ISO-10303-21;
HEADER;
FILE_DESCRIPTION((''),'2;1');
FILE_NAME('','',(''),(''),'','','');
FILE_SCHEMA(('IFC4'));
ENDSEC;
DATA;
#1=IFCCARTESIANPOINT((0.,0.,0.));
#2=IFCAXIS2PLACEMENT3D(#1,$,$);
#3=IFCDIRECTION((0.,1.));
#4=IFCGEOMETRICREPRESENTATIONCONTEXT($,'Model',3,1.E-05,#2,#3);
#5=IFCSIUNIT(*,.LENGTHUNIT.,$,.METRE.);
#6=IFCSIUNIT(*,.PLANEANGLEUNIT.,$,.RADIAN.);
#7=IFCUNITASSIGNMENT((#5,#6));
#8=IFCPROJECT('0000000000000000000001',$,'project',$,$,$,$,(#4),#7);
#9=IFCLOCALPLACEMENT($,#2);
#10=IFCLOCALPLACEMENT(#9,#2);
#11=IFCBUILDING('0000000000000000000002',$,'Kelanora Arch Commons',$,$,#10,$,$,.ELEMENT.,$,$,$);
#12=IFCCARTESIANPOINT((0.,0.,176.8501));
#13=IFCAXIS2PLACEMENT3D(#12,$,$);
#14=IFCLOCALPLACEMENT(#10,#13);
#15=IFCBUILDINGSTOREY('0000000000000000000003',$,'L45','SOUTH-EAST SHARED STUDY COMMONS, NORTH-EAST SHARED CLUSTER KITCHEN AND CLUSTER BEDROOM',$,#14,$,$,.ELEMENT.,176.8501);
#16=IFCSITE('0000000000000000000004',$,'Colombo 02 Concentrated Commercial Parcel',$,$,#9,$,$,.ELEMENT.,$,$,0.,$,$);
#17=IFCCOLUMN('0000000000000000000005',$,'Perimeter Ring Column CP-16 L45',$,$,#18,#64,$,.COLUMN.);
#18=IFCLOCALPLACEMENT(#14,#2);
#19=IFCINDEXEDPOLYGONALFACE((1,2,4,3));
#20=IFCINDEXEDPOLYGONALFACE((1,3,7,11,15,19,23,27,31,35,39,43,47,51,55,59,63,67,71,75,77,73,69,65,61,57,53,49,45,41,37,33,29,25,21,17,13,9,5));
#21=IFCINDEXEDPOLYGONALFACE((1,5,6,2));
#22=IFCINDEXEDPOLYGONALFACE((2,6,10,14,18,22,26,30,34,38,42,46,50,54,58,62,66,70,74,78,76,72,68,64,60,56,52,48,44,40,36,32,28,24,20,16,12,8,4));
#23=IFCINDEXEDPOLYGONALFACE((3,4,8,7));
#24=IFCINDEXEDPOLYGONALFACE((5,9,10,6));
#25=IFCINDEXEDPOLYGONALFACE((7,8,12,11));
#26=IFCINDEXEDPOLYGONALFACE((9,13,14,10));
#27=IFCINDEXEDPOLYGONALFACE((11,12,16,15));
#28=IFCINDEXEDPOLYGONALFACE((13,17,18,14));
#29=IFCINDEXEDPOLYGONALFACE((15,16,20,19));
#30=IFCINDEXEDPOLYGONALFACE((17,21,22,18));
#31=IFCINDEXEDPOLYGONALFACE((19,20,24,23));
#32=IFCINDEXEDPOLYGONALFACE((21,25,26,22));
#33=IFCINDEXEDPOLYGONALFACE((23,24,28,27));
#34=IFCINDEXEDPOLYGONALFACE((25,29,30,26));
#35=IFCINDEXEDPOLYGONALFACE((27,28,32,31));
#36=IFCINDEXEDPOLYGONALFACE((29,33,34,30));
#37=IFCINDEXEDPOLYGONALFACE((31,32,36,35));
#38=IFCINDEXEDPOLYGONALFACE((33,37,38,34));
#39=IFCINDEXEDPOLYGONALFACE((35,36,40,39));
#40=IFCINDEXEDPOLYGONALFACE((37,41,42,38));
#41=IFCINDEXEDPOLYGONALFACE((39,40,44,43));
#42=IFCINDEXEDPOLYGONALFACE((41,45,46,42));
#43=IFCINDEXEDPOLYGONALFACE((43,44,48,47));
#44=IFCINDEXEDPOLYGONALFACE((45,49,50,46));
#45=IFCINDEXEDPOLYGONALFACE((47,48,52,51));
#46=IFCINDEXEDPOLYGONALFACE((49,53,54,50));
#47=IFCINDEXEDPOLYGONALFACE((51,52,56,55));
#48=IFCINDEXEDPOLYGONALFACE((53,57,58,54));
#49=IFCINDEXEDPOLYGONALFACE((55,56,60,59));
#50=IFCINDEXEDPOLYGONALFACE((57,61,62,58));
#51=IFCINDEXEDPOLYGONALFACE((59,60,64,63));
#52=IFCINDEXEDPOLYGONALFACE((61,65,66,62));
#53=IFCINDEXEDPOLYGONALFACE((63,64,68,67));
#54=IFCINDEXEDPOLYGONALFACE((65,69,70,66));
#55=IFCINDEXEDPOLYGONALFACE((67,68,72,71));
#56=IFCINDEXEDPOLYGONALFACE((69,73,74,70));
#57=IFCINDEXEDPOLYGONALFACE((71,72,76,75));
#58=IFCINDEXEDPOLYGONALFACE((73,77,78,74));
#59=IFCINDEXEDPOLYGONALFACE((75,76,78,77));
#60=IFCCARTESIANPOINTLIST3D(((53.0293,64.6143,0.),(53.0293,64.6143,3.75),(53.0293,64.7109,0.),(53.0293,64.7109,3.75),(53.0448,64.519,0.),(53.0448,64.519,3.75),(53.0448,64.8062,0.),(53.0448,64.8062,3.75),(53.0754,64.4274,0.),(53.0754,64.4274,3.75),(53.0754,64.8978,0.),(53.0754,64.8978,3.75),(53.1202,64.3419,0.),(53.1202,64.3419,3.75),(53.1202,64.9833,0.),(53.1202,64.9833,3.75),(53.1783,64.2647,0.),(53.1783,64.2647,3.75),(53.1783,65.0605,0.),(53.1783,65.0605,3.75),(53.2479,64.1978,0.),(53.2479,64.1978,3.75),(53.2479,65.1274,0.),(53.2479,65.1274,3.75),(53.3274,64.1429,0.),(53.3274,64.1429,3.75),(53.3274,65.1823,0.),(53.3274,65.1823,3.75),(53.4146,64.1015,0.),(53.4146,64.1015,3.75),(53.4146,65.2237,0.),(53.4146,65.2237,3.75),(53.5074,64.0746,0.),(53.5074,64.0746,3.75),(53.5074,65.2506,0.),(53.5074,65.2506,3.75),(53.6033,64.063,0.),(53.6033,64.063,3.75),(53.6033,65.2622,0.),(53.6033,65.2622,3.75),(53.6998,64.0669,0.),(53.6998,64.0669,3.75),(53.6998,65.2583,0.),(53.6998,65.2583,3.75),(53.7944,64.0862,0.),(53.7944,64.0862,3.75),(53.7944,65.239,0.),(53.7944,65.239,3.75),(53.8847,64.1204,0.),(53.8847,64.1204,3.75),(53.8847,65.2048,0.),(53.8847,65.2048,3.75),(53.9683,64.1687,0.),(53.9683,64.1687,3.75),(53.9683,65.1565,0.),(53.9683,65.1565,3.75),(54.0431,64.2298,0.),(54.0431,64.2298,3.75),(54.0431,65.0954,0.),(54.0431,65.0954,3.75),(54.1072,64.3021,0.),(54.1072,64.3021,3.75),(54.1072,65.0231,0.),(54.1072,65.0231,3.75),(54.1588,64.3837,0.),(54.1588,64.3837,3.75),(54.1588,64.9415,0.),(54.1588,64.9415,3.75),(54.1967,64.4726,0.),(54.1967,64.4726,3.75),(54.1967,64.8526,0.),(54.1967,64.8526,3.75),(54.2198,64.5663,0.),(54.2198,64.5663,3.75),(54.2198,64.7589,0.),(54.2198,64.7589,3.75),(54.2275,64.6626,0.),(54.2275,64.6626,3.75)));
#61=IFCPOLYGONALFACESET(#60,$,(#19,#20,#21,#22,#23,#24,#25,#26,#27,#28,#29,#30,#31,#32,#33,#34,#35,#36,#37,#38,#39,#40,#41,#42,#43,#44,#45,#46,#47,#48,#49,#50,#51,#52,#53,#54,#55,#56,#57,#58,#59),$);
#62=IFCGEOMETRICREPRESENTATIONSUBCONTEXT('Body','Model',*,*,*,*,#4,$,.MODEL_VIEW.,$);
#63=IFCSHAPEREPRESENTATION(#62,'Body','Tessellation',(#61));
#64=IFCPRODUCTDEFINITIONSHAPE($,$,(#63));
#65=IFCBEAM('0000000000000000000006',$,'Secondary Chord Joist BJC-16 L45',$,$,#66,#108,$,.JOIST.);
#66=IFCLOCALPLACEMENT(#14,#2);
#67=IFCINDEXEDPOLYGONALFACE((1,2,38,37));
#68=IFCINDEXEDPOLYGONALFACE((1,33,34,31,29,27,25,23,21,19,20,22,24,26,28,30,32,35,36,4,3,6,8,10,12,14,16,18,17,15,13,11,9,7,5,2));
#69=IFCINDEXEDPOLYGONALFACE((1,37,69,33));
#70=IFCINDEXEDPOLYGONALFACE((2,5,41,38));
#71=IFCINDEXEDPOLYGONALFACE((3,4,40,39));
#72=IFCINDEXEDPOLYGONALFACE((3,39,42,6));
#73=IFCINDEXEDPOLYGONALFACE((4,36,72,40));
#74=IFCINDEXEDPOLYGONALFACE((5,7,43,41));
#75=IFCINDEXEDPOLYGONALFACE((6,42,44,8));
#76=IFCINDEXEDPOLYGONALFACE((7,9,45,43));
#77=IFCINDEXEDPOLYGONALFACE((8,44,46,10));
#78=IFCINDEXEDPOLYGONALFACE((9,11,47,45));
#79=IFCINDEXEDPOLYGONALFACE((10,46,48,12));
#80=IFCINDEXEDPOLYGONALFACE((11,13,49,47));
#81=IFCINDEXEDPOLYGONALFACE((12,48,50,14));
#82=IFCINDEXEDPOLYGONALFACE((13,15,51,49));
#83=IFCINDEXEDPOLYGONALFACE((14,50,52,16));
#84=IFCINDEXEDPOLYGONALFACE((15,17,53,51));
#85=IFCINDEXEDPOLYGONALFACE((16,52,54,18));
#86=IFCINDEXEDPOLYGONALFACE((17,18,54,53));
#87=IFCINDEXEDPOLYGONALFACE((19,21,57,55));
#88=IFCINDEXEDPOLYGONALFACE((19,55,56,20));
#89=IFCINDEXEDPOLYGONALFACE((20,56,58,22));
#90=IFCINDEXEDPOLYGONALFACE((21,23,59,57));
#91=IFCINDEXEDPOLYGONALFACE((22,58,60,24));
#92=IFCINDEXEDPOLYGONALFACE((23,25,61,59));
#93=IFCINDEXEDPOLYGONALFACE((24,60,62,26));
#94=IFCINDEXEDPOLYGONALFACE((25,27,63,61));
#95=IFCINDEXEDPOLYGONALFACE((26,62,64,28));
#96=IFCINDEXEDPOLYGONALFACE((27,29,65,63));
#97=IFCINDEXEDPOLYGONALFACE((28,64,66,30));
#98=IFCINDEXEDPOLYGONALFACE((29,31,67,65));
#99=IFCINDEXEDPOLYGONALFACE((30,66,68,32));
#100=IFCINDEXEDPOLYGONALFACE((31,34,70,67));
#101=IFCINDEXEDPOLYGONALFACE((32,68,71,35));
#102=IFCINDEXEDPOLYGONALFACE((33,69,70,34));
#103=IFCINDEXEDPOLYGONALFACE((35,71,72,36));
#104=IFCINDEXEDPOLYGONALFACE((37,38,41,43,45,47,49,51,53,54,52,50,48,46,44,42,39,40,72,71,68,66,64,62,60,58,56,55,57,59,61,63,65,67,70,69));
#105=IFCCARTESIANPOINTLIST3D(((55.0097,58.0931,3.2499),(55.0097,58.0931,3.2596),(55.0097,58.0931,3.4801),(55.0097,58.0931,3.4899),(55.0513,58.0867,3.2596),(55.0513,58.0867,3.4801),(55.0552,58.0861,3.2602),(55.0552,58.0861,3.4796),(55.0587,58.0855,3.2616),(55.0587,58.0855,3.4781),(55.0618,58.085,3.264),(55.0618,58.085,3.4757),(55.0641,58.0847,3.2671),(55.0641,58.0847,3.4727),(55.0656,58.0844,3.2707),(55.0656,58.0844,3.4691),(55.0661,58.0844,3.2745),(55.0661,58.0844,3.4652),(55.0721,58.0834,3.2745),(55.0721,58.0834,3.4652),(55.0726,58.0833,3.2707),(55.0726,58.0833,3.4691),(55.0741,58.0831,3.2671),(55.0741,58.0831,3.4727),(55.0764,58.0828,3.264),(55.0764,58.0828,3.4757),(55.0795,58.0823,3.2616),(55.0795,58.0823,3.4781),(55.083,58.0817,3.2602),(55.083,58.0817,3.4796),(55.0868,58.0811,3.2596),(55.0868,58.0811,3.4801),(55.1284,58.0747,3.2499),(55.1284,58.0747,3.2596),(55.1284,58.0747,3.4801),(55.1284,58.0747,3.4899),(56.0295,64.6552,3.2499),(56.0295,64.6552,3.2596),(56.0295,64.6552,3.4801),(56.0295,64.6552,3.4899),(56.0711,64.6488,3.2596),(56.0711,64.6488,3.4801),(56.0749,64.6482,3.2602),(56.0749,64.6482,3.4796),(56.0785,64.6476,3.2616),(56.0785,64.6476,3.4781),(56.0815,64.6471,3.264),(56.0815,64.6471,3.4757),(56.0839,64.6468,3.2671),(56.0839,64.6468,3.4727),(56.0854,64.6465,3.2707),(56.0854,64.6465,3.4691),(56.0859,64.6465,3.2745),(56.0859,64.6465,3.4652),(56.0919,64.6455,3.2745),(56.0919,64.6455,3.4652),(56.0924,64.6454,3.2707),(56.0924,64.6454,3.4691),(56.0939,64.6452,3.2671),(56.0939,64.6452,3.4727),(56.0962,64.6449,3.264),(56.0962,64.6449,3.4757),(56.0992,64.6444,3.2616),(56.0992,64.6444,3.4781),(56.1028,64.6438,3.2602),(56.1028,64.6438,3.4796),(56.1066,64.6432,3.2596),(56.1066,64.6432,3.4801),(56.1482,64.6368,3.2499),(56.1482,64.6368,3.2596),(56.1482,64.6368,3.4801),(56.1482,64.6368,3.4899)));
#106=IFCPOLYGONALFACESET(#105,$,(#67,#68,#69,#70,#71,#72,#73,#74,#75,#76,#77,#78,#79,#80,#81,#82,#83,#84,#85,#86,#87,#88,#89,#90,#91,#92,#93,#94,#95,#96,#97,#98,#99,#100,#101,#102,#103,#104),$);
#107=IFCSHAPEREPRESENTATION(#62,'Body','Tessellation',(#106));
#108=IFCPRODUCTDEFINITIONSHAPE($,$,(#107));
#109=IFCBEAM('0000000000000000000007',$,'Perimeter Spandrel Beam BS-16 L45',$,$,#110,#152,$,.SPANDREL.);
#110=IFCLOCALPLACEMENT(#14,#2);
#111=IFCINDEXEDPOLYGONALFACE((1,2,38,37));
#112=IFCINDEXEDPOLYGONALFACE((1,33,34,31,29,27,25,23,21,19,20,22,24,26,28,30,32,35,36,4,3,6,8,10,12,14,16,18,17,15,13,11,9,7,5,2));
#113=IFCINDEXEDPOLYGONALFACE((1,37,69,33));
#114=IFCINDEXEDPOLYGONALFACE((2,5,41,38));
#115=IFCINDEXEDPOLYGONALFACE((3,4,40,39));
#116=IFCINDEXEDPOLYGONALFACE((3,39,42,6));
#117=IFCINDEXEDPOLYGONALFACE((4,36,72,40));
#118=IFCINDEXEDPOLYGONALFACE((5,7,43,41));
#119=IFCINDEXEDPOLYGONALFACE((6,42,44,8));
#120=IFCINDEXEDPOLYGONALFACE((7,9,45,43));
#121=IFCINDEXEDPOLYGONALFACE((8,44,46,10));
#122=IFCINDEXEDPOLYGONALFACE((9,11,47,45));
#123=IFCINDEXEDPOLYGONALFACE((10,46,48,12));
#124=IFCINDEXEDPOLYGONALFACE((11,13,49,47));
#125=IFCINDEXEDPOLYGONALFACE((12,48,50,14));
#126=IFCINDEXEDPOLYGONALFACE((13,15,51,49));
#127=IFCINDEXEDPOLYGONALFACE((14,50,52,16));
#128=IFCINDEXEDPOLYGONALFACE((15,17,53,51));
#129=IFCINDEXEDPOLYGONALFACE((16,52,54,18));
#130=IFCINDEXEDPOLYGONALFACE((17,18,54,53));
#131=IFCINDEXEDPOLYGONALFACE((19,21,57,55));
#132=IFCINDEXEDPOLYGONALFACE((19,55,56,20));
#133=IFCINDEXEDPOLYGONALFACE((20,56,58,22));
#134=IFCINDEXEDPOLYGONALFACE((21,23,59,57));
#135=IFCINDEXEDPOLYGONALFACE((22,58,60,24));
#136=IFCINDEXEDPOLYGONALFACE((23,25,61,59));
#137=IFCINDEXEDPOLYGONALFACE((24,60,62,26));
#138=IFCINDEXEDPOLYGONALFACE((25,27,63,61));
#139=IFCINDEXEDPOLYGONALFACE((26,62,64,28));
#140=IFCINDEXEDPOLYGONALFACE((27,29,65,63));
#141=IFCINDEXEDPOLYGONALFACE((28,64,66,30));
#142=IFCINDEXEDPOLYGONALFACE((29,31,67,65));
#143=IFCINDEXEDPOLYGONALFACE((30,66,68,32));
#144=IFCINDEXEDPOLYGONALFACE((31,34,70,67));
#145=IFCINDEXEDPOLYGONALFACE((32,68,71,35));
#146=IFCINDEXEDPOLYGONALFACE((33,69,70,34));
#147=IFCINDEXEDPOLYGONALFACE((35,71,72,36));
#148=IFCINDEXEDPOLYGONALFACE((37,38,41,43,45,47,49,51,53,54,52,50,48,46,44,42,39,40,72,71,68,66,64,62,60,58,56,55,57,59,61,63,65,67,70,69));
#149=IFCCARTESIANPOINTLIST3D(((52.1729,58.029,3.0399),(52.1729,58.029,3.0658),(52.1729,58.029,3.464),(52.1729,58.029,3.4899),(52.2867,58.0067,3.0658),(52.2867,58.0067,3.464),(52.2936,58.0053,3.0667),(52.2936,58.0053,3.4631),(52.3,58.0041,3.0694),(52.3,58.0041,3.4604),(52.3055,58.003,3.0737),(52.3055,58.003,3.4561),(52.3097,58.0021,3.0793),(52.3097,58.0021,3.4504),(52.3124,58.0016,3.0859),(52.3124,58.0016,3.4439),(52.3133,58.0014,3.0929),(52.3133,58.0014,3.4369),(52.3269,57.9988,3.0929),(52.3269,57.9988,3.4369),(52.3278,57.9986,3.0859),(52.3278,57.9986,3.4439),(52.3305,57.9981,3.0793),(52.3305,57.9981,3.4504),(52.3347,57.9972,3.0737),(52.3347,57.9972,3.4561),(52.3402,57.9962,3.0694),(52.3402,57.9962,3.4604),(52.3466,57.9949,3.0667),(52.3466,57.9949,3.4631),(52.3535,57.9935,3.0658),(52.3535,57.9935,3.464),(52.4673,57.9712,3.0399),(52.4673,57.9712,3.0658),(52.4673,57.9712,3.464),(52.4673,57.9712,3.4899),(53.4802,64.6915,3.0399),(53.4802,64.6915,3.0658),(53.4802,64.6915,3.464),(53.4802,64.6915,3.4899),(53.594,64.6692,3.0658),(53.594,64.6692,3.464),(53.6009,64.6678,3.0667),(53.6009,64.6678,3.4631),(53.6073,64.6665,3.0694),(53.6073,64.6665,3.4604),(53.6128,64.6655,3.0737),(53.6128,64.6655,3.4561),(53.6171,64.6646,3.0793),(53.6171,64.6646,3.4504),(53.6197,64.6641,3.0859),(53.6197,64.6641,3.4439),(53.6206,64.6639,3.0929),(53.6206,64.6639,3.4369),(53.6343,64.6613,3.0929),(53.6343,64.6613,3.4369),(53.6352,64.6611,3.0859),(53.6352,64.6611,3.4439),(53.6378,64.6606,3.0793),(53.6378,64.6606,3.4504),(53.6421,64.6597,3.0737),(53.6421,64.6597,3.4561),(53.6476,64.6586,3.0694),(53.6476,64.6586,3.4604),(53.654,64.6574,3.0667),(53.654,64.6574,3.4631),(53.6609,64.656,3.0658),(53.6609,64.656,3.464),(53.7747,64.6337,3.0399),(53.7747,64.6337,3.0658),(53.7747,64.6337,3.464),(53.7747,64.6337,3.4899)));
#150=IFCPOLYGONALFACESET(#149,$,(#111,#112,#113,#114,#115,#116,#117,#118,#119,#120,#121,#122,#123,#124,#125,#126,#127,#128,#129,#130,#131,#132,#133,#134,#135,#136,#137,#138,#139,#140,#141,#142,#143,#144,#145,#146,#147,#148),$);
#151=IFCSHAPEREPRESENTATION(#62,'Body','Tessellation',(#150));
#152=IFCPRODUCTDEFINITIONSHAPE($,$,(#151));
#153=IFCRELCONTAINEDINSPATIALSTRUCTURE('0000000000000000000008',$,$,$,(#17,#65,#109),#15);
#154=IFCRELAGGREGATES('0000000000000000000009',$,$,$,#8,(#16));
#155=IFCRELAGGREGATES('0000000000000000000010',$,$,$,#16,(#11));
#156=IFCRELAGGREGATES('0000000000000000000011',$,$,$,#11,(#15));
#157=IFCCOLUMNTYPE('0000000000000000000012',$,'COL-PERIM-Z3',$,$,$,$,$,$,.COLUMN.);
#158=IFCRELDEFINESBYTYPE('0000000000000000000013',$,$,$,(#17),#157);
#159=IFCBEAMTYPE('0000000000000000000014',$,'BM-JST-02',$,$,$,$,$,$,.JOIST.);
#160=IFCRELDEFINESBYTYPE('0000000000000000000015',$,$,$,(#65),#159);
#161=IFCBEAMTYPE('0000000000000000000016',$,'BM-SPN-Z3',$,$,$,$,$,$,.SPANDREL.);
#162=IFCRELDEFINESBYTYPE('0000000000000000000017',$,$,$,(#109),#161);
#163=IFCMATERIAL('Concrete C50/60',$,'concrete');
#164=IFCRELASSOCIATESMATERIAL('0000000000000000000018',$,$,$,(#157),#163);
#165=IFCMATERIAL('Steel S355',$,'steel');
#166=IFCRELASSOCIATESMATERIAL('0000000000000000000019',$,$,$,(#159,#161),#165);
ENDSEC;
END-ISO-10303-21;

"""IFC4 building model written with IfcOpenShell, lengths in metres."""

from ifc_helpers import new_model, si_unit, direction, frame, origin, origin_2d, place, context, subcontext, project, spatial, circle, i_section, extrude, material, material_profile, profile_set, type_object, element, save


model = new_model("IFC4")

# Units and contexts
model_context = context("Model", 3, precision=1e-05, world=origin(), true_north=direction((0.0, 1.0)))
body_context = subcontext(model_context, "Body", "Model", "MODEL_VIEW")
ifc_project = project(units=[si_unit("LENGTHUNIT", "METRE"), si_unit("PLANEANGLEUNIT", "RADIAN")], contexts=[model_context])

# Site, building, storey
site_placement = place(None, origin())
site = spatial("IfcSite", under=ifc_project, at=site_placement, Name="Colombo 02 Concentrated Commercial Parcel", CompositionType="ELEMENT", RefElevation=0.0)
building_placement = place(site_placement, origin())
building = spatial("IfcBuilding", under=site, at=building_placement, Name="Kelanora Arch Commons", CompositionType="ELEMENT")
storey_placement = place(building_placement, frame((0.0, 0.0, 176.8501)))
storey = spatial("IfcBuildingStorey", under=building, at=storey_placement, Name="L45", Description="SOUTH-EAST SHARED STUDY COMMONS, NORTH-EAST SHARED CLUSTER KITCHEN AND CLUSTER BEDROOM", CompositionType="ELEMENT", Elevation=176.8501)

# Column
ifc_material_1 = material(Name="Concrete C50/60", Category="concrete")
ifc_material_profile_1 = material_profile(ifc_material_1, circle(Radius=0.6001, at=origin_2d()), Name="RCC1200")
ifc_profile_set_1 = profile_set([ifc_material_profile_1], Name="Concrete C50/60")
column_type = type_object("IfcColumnType", Name="COL-PERIM-Z3", PredefinedType="COLUMN", material=ifc_profile_set_1)
column_placement = place(storey_placement, frame((53.6274, 64.6626, 0.0), z_axis=(0.0, 0.0, 1.0), x_axis=(1.0, 0.0, 0.0)))
element("IfcColumn", 1, at=column_placement, inside=storey, type_object=column_type, Name="Perimeter Ring Column CP-16 L45", PredefinedType="COLUMN", context=body_context, shape_type="SweptSolid", body=[
    extrude(circle(Radius=0.6001, at=origin_2d()), origin(), (0.0, 0.0, 1.0), 3.75),
])

# Beams
ifc_material_2 = material(Name="Steel S355", Category="steel")
ifc_material_profile_2 = material_profile(ifc_material_2, i_section(OverallWidth=0.1201, OverallDepth=0.24, WebThickness=0.0061, FlangeThickness=0.0098, FilletRadius=0.0149, at=origin_2d()), Name="IPE240")
ifc_profile_set_2 = profile_set([ifc_material_profile_2], Name="Steel S355")
beam_type_1 = type_object("IfcBeamType", Name="BM-JST-02", PredefinedType="JOIST", material=ifc_profile_set_2)
beam_1_placement = place(storey_placement, frame((56.0889, 64.646, 3.3699), z_axis=(-0.153563, -0.988139, 0.0), x_axis=(0.988139, -0.153563, 0.0)))
element("IfcBeam", 2, at=beam_1_placement, inside=storey, type_object=beam_type_1, Name="Secondary Chord Joist BJC-16 L45", PredefinedType="JOIST", context=body_context, shape_type="SweptSolid", body=[
    extrude(i_section(OverallWidth=0.1201, OverallDepth=0.24, WebThickness=0.0061, FlangeThickness=0.0098, FilletRadius=0.0149, at=origin_2d()), origin(), (0.0, 0.0, 1.0), 6.6409),
])
ifc_material_profile_3 = material_profile(ifc_material_2, i_section(OverallWidth=0.3, OverallDepth=0.45, WebThickness=0.0139, FlangeThickness=0.0259, FilletRadius=0.0271, at=origin_2d()), Name="HEB450")
ifc_profile_set_3 = profile_set([ifc_material_profile_3], Name="Steel S355")
beam_type_2 = type_object("IfcBeamType", Name="BM-SPN-Z3", PredefinedType="SPANDREL", material=ifc_profile_set_3)
beam_2_placement = place(storey_placement, frame((53.6274, 64.6626, 3.2649), z_axis=(-0.192554, -0.981286, 0.0), x_axis=(0.981286, -0.192554, 0.0)))
element("IfcBeam", 3, at=beam_2_placement, inside=storey, type_object=beam_type_2, Name="Perimeter Spandrel Beam BS-16 L45", PredefinedType="SPANDREL", context=body_context, shape_type="SweptSolid", body=[
    extrude(i_section(OverallWidth=0.3, OverallDepth=0.45, WebThickness=0.0139, FlangeThickness=0.0259, FilletRadius=0.0271, at=origin_2d()), origin(), (0.0, 0.0, 1.0), 6.7896),
])

save(model, "model.ifc")
